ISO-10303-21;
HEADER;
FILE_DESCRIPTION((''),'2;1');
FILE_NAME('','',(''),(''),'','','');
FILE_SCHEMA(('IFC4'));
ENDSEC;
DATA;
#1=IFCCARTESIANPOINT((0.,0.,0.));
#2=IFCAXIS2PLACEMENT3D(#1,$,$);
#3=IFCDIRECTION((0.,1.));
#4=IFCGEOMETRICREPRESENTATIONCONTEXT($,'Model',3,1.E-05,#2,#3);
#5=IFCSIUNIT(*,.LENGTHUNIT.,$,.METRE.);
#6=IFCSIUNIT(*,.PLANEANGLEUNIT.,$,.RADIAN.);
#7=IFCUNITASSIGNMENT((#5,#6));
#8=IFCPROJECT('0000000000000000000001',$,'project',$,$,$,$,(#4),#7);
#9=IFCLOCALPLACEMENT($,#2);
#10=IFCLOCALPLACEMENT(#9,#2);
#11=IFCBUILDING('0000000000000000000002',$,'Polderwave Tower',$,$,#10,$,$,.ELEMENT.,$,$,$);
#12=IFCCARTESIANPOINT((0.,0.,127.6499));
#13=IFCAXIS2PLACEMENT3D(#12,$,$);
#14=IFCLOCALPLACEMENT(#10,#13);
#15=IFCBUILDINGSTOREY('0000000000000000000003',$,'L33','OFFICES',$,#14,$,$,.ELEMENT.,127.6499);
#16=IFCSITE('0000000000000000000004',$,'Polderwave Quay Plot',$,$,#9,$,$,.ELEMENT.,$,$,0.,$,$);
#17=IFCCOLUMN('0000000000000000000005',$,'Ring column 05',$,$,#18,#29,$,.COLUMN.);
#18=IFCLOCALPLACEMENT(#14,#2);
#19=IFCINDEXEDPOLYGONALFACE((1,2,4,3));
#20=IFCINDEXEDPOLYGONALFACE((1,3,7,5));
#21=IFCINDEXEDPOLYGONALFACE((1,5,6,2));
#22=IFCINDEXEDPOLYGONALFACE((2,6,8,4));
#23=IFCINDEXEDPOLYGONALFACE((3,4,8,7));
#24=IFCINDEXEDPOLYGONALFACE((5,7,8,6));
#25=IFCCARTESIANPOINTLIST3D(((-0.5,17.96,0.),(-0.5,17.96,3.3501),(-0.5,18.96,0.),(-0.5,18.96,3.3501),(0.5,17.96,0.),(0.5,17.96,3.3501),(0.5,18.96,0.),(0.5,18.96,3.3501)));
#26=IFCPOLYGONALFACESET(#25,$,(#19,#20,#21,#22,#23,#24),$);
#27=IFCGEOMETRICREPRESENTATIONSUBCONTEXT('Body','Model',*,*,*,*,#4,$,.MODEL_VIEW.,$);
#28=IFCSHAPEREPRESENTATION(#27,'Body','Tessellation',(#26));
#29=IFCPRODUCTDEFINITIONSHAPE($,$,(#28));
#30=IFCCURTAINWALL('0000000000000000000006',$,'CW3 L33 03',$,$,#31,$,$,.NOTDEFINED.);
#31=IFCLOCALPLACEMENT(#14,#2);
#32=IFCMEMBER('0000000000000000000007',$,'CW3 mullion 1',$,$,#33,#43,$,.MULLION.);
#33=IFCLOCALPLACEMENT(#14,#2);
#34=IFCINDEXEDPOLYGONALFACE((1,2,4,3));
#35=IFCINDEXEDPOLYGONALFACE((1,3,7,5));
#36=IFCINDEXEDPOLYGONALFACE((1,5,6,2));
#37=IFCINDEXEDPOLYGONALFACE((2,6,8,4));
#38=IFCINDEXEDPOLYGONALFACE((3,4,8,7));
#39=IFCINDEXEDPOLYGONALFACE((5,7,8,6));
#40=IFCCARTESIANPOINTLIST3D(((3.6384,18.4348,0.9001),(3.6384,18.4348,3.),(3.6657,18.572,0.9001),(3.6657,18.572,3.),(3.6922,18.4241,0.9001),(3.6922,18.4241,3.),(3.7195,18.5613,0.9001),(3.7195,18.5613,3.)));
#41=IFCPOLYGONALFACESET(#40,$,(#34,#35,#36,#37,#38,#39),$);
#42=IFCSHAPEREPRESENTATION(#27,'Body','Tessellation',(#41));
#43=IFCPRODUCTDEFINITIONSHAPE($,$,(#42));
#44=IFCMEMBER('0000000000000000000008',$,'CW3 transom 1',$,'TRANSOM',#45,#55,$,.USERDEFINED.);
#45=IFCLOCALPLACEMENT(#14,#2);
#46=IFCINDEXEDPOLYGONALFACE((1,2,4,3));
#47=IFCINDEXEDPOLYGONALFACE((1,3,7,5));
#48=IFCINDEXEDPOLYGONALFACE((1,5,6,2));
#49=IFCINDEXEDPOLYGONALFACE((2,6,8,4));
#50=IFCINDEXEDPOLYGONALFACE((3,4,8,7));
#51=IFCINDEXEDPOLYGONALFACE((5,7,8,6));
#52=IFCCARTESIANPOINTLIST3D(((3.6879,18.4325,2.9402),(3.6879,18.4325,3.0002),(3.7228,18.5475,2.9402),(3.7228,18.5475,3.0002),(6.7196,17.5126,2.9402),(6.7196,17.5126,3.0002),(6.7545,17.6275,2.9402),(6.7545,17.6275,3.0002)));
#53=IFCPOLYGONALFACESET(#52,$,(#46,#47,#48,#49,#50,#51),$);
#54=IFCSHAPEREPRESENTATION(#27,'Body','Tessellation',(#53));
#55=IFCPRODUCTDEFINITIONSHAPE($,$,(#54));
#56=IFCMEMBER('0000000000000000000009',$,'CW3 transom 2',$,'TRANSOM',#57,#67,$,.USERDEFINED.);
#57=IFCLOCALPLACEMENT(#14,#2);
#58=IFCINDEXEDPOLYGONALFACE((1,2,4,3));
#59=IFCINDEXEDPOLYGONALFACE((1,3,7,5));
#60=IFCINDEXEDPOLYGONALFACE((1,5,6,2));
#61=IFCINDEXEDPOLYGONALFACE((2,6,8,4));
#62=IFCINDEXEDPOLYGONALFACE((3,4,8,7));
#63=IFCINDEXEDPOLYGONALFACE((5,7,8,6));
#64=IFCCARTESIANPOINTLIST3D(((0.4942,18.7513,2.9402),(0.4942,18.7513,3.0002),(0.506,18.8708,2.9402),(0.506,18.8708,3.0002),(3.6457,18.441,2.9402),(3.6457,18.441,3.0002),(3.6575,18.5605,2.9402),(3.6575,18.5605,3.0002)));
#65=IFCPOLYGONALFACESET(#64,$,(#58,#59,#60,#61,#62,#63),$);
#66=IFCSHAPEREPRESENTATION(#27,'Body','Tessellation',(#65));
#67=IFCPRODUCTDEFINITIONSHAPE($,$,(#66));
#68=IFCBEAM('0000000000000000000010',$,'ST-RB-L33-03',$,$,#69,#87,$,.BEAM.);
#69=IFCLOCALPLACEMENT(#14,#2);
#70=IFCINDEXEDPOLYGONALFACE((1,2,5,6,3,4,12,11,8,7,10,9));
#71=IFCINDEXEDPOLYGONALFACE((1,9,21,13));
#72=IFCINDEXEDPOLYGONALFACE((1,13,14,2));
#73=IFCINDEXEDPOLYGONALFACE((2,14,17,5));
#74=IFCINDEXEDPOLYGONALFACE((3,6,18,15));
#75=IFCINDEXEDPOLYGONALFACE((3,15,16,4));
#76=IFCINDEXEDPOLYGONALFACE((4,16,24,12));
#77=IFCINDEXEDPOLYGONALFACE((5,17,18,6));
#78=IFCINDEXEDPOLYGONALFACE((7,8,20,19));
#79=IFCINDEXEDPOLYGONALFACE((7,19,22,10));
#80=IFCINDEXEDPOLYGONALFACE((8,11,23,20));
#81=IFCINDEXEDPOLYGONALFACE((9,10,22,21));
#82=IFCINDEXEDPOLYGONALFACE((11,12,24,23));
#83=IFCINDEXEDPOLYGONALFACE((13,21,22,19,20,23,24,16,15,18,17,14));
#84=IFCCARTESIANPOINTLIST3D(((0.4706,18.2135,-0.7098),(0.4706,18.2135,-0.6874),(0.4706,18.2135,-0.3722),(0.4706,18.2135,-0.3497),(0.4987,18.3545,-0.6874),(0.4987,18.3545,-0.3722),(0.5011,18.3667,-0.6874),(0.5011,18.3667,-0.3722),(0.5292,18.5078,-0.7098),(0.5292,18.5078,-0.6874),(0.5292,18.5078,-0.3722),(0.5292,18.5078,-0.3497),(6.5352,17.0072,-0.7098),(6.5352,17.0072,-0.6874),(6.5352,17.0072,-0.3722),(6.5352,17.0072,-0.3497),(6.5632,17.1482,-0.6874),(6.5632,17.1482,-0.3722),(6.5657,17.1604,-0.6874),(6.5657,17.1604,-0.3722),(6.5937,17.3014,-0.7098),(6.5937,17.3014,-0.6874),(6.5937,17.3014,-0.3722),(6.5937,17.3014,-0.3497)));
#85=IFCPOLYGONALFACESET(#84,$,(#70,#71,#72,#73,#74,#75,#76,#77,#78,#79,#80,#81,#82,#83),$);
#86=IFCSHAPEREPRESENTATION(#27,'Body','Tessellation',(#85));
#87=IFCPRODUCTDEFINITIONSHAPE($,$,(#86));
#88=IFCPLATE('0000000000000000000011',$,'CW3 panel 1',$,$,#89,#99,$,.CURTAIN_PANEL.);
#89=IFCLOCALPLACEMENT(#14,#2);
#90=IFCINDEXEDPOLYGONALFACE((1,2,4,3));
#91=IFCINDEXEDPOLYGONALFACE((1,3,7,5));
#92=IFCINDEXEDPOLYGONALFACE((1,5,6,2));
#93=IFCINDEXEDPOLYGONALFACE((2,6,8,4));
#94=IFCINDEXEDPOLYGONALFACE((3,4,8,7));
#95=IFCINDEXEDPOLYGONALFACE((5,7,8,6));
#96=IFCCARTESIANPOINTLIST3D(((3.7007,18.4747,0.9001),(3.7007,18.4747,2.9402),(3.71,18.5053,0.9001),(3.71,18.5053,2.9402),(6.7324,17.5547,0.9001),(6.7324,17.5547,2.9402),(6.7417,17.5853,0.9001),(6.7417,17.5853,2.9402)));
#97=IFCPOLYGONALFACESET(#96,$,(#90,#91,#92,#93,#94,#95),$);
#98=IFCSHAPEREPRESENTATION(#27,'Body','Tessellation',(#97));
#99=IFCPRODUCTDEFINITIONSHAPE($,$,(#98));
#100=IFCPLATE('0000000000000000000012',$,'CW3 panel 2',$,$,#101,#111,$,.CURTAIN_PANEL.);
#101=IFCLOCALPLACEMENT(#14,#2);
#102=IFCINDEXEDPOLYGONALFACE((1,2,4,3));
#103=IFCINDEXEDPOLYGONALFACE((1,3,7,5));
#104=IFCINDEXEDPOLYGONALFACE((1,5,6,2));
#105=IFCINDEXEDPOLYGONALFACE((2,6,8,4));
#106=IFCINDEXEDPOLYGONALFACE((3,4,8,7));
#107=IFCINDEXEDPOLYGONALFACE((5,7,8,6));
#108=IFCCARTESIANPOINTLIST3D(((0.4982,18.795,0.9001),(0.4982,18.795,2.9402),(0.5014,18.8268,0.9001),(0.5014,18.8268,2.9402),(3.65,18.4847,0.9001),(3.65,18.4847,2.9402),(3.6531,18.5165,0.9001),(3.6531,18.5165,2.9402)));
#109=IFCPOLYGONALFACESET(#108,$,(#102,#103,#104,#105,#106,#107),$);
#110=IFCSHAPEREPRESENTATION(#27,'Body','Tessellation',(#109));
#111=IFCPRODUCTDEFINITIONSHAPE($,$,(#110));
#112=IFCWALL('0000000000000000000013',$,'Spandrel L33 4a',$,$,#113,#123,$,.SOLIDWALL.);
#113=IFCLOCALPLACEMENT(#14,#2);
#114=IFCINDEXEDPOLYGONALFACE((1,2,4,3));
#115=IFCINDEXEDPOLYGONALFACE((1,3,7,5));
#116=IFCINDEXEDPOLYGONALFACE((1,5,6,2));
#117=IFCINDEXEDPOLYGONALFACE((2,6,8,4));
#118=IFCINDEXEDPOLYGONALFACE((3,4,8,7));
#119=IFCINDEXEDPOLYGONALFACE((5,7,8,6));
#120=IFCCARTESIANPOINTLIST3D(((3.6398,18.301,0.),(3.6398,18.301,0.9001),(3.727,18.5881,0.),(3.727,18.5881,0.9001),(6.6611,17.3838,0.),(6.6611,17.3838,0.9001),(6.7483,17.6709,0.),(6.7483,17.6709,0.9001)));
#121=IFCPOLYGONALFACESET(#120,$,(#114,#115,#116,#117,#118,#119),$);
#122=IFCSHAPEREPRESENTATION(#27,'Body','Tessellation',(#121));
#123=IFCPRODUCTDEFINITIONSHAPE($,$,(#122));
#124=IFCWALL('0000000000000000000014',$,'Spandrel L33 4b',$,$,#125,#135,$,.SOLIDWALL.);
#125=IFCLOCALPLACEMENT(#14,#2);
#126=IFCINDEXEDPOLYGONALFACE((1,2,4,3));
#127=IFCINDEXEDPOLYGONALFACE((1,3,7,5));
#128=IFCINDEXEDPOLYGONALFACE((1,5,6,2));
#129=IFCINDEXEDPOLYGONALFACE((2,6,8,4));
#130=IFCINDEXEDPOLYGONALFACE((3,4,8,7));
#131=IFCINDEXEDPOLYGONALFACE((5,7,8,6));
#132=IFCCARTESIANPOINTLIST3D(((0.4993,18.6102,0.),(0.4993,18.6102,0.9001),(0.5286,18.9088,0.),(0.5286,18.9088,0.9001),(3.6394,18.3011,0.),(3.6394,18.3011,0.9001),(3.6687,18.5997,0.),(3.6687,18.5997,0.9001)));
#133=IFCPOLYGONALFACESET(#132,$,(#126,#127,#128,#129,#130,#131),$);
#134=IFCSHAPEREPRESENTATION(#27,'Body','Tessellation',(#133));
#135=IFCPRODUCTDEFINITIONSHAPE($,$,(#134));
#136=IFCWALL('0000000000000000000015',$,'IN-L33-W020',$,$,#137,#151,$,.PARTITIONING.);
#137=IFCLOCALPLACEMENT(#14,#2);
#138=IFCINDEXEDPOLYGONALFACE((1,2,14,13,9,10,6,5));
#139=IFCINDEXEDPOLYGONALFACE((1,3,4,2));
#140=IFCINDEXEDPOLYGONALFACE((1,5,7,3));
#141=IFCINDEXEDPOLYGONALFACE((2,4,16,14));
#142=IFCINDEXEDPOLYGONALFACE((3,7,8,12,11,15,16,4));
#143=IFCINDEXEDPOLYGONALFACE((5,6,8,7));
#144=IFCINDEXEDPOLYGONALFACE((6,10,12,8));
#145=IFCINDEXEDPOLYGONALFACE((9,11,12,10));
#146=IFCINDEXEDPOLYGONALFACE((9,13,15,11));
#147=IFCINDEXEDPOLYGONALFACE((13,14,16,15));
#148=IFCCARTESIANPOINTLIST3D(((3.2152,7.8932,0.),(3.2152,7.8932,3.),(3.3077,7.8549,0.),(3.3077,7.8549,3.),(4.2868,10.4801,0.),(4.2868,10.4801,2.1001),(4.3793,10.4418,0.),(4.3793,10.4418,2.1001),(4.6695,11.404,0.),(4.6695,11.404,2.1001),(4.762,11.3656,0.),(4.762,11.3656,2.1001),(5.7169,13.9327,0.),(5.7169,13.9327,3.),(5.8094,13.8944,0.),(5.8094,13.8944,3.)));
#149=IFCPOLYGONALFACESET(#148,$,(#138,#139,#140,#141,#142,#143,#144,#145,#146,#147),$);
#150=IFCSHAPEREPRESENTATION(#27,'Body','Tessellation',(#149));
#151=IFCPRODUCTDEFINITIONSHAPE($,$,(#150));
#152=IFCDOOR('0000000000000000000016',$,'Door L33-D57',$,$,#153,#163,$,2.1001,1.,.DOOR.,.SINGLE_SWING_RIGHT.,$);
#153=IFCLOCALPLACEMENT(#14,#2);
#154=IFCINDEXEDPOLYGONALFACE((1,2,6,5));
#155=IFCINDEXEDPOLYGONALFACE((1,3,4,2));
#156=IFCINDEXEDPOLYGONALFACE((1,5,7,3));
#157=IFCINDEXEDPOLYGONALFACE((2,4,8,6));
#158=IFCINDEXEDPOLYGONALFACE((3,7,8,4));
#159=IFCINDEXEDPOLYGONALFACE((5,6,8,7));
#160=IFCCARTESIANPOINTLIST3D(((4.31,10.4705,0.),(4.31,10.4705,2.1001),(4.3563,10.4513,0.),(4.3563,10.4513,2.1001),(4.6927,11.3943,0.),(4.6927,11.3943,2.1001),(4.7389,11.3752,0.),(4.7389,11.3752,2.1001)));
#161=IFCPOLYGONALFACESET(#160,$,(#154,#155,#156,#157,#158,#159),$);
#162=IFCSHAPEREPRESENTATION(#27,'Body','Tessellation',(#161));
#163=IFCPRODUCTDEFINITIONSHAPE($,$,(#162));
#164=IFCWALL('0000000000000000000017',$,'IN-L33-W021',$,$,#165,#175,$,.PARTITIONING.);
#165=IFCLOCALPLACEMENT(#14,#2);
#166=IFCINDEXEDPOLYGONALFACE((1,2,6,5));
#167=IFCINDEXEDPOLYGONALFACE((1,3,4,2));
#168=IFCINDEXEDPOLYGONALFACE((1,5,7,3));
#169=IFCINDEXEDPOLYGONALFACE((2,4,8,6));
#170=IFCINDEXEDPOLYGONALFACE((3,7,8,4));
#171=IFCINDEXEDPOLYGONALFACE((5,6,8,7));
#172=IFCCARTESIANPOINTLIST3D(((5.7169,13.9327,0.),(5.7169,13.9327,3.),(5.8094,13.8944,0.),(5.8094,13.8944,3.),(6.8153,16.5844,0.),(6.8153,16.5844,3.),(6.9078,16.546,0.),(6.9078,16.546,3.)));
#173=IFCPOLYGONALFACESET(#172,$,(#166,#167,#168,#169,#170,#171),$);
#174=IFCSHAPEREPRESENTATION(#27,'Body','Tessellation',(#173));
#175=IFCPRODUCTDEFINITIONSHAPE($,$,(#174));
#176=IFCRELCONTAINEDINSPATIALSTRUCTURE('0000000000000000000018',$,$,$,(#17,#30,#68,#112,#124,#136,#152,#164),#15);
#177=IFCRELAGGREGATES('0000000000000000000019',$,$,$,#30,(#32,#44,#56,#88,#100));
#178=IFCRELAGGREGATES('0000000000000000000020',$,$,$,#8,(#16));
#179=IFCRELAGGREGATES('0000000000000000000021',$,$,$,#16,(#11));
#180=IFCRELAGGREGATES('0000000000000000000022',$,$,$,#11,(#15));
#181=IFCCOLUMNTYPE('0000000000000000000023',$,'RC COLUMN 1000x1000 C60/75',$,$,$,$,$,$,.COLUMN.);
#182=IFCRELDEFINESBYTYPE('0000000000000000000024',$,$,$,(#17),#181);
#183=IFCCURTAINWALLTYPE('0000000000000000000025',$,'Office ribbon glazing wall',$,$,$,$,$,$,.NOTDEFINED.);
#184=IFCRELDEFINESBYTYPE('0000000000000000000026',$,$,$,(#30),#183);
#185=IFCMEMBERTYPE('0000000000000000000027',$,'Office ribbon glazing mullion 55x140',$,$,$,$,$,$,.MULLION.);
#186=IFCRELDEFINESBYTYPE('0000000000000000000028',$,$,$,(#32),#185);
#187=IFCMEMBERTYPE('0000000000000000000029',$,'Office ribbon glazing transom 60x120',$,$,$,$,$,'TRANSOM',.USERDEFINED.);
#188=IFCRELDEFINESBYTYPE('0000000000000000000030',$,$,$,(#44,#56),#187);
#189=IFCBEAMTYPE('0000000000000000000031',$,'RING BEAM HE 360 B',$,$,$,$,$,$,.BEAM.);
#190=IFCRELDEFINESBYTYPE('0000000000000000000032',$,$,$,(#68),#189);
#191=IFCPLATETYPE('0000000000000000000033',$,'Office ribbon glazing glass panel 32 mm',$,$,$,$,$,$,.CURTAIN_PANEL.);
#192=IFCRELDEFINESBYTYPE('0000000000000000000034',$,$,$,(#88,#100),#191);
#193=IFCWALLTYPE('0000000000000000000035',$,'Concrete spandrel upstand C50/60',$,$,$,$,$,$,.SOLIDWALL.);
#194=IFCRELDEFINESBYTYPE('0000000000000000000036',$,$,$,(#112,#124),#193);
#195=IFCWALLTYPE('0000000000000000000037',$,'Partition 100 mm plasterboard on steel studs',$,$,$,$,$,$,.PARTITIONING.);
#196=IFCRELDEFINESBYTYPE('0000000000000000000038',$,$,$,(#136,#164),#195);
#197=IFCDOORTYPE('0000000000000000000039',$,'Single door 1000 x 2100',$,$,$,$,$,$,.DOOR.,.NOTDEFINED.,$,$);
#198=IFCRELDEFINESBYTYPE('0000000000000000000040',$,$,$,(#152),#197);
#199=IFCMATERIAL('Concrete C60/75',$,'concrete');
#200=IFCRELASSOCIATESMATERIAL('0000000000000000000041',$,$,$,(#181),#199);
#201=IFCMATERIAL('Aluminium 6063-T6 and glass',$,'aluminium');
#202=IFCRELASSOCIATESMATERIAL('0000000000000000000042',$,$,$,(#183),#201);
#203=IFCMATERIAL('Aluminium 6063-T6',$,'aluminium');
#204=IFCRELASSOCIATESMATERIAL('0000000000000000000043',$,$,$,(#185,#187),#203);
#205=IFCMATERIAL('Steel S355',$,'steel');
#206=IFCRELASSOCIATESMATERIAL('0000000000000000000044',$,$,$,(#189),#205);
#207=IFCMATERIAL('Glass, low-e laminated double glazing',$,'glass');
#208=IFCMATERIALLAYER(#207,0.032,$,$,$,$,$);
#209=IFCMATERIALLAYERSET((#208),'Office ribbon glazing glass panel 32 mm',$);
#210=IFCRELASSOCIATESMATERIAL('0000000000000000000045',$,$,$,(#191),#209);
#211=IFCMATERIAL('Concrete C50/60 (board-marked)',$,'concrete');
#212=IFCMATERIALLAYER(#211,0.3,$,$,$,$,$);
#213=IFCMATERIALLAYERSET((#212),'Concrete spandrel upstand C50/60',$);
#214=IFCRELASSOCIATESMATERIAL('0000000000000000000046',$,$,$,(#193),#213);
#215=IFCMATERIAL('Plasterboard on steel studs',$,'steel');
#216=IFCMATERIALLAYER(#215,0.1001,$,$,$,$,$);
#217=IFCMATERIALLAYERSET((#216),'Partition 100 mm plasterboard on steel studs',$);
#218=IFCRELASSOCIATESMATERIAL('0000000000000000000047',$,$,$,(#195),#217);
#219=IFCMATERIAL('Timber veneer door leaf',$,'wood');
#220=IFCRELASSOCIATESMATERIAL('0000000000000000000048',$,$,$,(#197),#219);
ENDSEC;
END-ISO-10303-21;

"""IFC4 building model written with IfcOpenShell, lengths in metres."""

from ifc_helpers import new_model, si_unit, direction, frame, frame_2d, origin, origin_2d, place, context, subcontext, project, spatial, rectangle, i_section, extrude, material, layer, layer_set, material_profile, profile_set, type_object, element, fill, aggregate, save


model = new_model("IFC4")

# Units and contexts
model_context = context("Model", 3, precision=1e-05, world=origin(), true_north=direction((0.0, 1.0)))
body_context = subcontext(model_context, "Body", "Model", "MODEL_VIEW")
ifc_project = project(units=[si_unit("LENGTHUNIT", "METRE"), si_unit("PLANEANGLEUNIT", "RADIAN")], contexts=[model_context])

# Site, building, storey
site_placement = place(None, origin())
site = spatial("IfcSite", under=ifc_project, at=site_placement, Name="Polderwave Quay Plot", CompositionType="ELEMENT", RefElevation=0.0)
building_placement = place(site_placement, origin())
building = spatial("IfcBuilding", under=site, at=building_placement, Name="Polderwave Tower", CompositionType="ELEMENT")
storey_placement = place(building_placement, frame((0.0, 0.0, 127.6499)))
storey = spatial("IfcBuildingStorey", under=building, at=storey_placement, Name="L33", Description="OFFICES", CompositionType="ELEMENT", Elevation=127.6499)

# Column
ifc_material_1 = material(Name="Concrete C60/75", Category="concrete")
ifc_material_profile_1 = material_profile(ifc_material_1, rectangle(XDim=1.0, YDim=1.0, at=origin_2d()), Name="RC 1000x1000")
ifc_profile_set_1 = profile_set([ifc_material_profile_1], Name="Concrete C60/75")
column_type = type_object("IfcColumnType", Name="RC COLUMN 1000x1000 C60/75", PredefinedType="COLUMN", material=ifc_profile_set_1)
column_placement = place(storey_placement, frame((0.0, 18.46, 0.0), z_axis=(0.0, 0.0, 1.0), x_axis=(0.0, 1.0, 0.0)))
element("IfcColumn", 1, at=column_placement, inside=storey, type_object=column_type, Name="Ring column 05", PredefinedType="COLUMN", context=body_context, shape_type="SweptSolid", body=[
    extrude(rectangle(XDim=1.0, YDim=1.0, at=origin_2d()), origin(), (0.0, 0.0, 1.0), 3.3501),
])

# Curtain wall, members
ifc_material_2 = material(Name="Aluminium 6063-T6 and glass", Category="aluminium")
curtain_wall_type = type_object("IfcCurtainWallType", Name="Office ribbon glazing wall", PredefinedType="NOTDEFINED", material=ifc_material_2)
curtain_wall_placement = place(storey_placement, origin())
curtain_wall = element("IfcCurtainWall", 2, at=curtain_wall_placement, inside=storey, type_object=curtain_wall_type, Name="CW3 L33 03", PredefinedType="NOTDEFINED")
ifc_material_3 = material(Name="Aluminium 6063-T6", Category="aluminium")
ifc_material_profile_2 = material_profile(ifc_material_3, rectangle(XDim=0.1399, YDim=0.0549, at=origin_2d()), Name="AL 55x140")
ifc_profile_set_2 = profile_set([ifc_material_profile_2], Name="Aluminium 6063-T6")
member_type_1 = type_object("IfcMemberType", Name="Office ribbon glazing mullion 55x140", PredefinedType="MULLION", material=ifc_profile_set_2)
member_1_placement = place(storey_placement, frame((3.679, 18.498, 0.9001), z_axis=(0.0, 0.0, 1.0), x_axis=(-0.195128, -0.980778, 0.0)))
member_1 = element("IfcMember", 3, at=member_1_placement, type_object=member_type_1, Name="CW3 mullion 1", PredefinedType="MULLION", context=body_context, shape_type="SweptSolid", body=[
    extrude(rectangle(XDim=0.1399, YDim=0.0549, at=origin_2d()), origin(), (0.0, 0.0, 1.0), 2.0999),
])
ifc_material_profile_3 = material_profile(ifc_material_3, rectangle(XDim=0.1201, YDim=0.0601, at=origin_2d()), Name="AL 60x120")
ifc_profile_set_3 = profile_set([ifc_material_profile_3], Name="Aluminium 6063-T6")
member_type_2 = type_object("IfcMemberType", Name="Office ribbon glazing transom 60x120", ElementType="TRANSOM", PredefinedType="USERDEFINED", material=ifc_profile_set_3)
member_2_placement = place(storey_placement, frame((6.7371, 17.5701, 2.9702), z_axis=(-0.956918, 0.290358, 0.0), x_axis=(-0.290358, -0.956918, 0.0)))
member_2 = element("IfcMember", 4, at=member_2_placement, type_object=member_type_2, Name="CW3 transom 1", ObjectType="TRANSOM", PredefinedType="USERDEFINED", context=body_context, shape_type="SweptSolid", body=[
    extrude(rectangle(XDim=0.1201, YDim=0.0601, at=origin_2d()), origin(), (0.0, 0.0, 1.0), 3.1682),
])
member_3_placement = place(storey_placement, frame((3.6516, 18.5007, 2.9702), z_axis=(-0.995188, 0.097985, 0.0), x_axis=(-0.097985, -0.995188, 0.0)))
member_3 = element("IfcMember", 5, at=member_3_placement, type_object=member_type_2, Name="CW3 transom 2", ObjectType="TRANSOM", PredefinedType="USERDEFINED", context=body_context, shape_type="SweptSolid", body=[
    extrude(rectangle(XDim=0.1201, YDim=0.0601, at=origin_2d()), origin(), (0.0, 0.0, 1.0), 3.1667),
])

# Beam
ifc_material_4 = material(Name="Steel S355", Category="steel")
ifc_material_profile_4 = material_profile(ifc_material_4, i_section(OverallWidth=0.3, OverallDepth=0.3601, WebThickness=0.0125, FlangeThickness=0.0225, at=origin_2d()), Name="HE 360 B")
ifc_profile_set_4 = profile_set([ifc_material_profile_4], Name="Steel S355")
beam_type = type_object("IfcBeamType", Name="RING BEAM HE 360 B", PredefinedType="BEAM", material=ifc_profile_set_4)
beam_placement = place(storey_placement, frame((6.5645, 17.1543, -0.5298), z_axis=(-0.980785, 0.195091, 0.0), x_axis=(-0.195091, -0.980785, 0.0)))
element("IfcBeam", 6, at=beam_placement, inside=storey, type_object=beam_type, Name="ST-RB-L33-03", PredefinedType="BEAM", context=body_context, shape_type="SweptSolid", body=[
    extrude(i_section(OverallWidth=0.3, OverallDepth=0.3601, WebThickness=0.0125, FlangeThickness=0.0225, at=origin_2d()), origin(), (0.0, 0.0, 1.0), 6.1833),
])

# Plates
ifc_material_5 = material(Name="Glass, low-e laminated double glazing", Category="glass")
ifc_layer_1 = layer(ifc_material_5, 0.032)
ifc_layer_set_1 = layer_set([ifc_layer_1], Name="Office ribbon glazing glass panel 32 mm")
plate_type = type_object("IfcPlateType", Name="Office ribbon glazing glass panel 32 mm", PredefinedType="CURTAIN_PANEL", material=ifc_layer_set_1)
plate_1_placement = place(storey_placement, frame((5.2212, 18.03, 0.9001), z_axis=(0.0, 0.0, 1.0), x_axis=(-0.956908, 0.29039, 0.0)))
plate_1 = element("IfcPlate", 7, at=plate_1_placement, type_object=plate_type, Name="CW3 panel 1", PredefinedType="CURTAIN_PANEL", context=body_context, shape_type="SweptSolid", body=[
    extrude(rectangle(XDim=3.1682, YDim=0.032, at=origin_2d()), origin(), (0.0, 0.0, 1.0), 2.04),
])
plate_2_placement = place(storey_placement, frame((2.0757, 18.6558, 0.9001), z_axis=(0.0, 0.0, 1.0), x_axis=(-0.995188, 0.097984, 0.0)))
plate_2 = element("IfcPlate", 8, at=plate_2_placement, type_object=plate_type, Name="CW3 panel 2", PredefinedType="CURTAIN_PANEL", context=body_context, shape_type="SweptSolid", body=[
    extrude(rectangle(XDim=3.167, YDim=0.032, at=origin_2d()), origin(), (0.0, 0.0, 1.0), 2.04),
])
aggregate(curtain_wall, [member_1, member_2, member_3, plate_1, plate_2])

# Walls
ifc_material_6 = material(Name="Concrete C50/60 (board-marked)", Category="concrete")
ifc_layer_2 = layer(ifc_material_6, 0.3)
ifc_layer_set_2 = layer_set([ifc_layer_2], Name="Concrete spandrel upstand C50/60")
wall_type_1 = type_object("IfcWallType", Name="Concrete spandrel upstand C50/60", PredefinedType="SOLIDWALL", material=ifc_layer_set_2)
wall_1_placement = place(storey_placement, frame((6.7046, 17.5273, 0.0), z_axis=(0.0, 0.0, 1.0), x_axis=(-0.956874, 0.290503, 0.0)))
element("IfcWall", 9, at=wall_1_placement, inside=storey, type_object=wall_type_1, Name="Spandrel L33 4a", PredefinedType="SOLIDWALL", context=body_context, shape_type="SweptSolid", body=[
    extrude(rectangle(XDim=3.1575, YDim=0.3, at=frame_2d((1.5786, 0.0))), origin(), (0.0, 0.0, 1.0), 0.9001),
])
wall_2_placement = place(storey_placement, frame((3.6541, 18.4504, 0.0), z_axis=(0.0, 0.0, 1.0), x_axis=(-0.995191, 0.097956, 0.0)))
element("IfcWall", 10, at=wall_2_placement, inside=storey, type_object=wall_type_1, Name="Spandrel L33 4b", PredefinedType="SOLIDWALL", context=body_context, shape_type="SweptSolid", body=[
    extrude(rectangle(XDim=3.1553, YDim=0.3, at=frame_2d((1.5776, 0.0))), origin(), (0.0, 0.0, 1.0), 0.9001),
])

# Wall, opening, door
ifc_material_7 = material(Name="Plasterboard on steel studs", Category="steel")
ifc_layer_3 = layer(ifc_material_7, 0.1001)
ifc_layer_set_3 = layer_set([ifc_layer_3], Name="Partition 100 mm plasterboard on steel studs")
wall_type_2 = type_object("IfcWallType", Name="Partition 100 mm plasterboard on steel studs", PredefinedType="PARTITIONING", material=ifc_layer_set_3)
wall_3_placement = place(storey_placement, frame((3.2615, 7.874, 0.0), z_axis=(0.0, 0.0, 1.0), x_axis=(0.382689, 0.923877, 0.0)))
wall_3 = element("IfcWall", 11, at=wall_3_placement, inside=storey, type_object=wall_type_2, Name="IN-L33-W020", PredefinedType="PARTITIONING", context=body_context, shape_type="SweptSolid", body=[
    extrude(rectangle(XDim=6.5371, YDim=0.1001, at=frame_2d((3.2686, 0.0))), origin(), (0.0, 0.0, 1.0), 3.0),
])
opening_1_placement = place(wall_3_placement, frame((2.8, 0.0, 0.0)))
opening_1 = element("IfcOpeningElement", 12, at=opening_1_placement, cuts=wall_3, PredefinedType="OPENING", context=body_context, shape_type="SweptSolid", body=[
    extrude(rectangle(XDim=1.0, YDim=2.1001, at=frame_2d((0.5, 1.05))), frame((0.0, 0.0601, 0.0), z_axis=(0.0, -1.0, 0.0), x_axis=(1.0, 0.0, 0.0)), (0.0, 0.0, 1.0), 0.1201),
])
ifc_material_8 = material(Name="Timber veneer door leaf", Category="wood")
door_type = type_object("IfcDoorType", Name="Single door 1000 x 2100", OperationType="NOTDEFINED", PredefinedType="DOOR", material=ifc_material_8)
door_1_placement = place(opening_1_placement, origin())
door_1 = element("IfcDoor", 13, at=door_1_placement, inside=storey, type_object=door_type, Name="Door L33-D57", OperationType="SINGLE_SWING_RIGHT", OverallHeight=2.1001, OverallWidth=1.0, PredefinedType="DOOR", context=body_context, shape_type="SweptSolid", body=[
    extrude(rectangle(XDim=1.0, YDim=2.1001, at=frame_2d((0.5, 1.05))), frame((0.0, 0.0249, 0.0), z_axis=(0.0, -1.0, 0.0), x_axis=(1.0, 0.0, 0.0)), (0.0, 0.0, 1.0), 0.05),
])
fill(opening_1, door_1)

# Wall
wall_4_placement = place(storey_placement, frame((5.7632, 13.9136, 0.0), z_axis=(0.0, 0.0, 1.0), x_axis=(0.3827, 0.923873, 0.0)))
element("IfcWall", 14, at=wall_4_placement, inside=storey, type_object=wall_type_2, Name="IN-L33-W021", PredefinedType="PARTITIONING", context=body_context, shape_type="SweptSolid", body=[
    extrude(rectangle(XDim=2.8701, YDim=0.1001, at=frame_2d((1.4351, 0.0))), origin(), (0.0, 0.0, 1.0), 3.0),
])

save(model, "model.ifc")
